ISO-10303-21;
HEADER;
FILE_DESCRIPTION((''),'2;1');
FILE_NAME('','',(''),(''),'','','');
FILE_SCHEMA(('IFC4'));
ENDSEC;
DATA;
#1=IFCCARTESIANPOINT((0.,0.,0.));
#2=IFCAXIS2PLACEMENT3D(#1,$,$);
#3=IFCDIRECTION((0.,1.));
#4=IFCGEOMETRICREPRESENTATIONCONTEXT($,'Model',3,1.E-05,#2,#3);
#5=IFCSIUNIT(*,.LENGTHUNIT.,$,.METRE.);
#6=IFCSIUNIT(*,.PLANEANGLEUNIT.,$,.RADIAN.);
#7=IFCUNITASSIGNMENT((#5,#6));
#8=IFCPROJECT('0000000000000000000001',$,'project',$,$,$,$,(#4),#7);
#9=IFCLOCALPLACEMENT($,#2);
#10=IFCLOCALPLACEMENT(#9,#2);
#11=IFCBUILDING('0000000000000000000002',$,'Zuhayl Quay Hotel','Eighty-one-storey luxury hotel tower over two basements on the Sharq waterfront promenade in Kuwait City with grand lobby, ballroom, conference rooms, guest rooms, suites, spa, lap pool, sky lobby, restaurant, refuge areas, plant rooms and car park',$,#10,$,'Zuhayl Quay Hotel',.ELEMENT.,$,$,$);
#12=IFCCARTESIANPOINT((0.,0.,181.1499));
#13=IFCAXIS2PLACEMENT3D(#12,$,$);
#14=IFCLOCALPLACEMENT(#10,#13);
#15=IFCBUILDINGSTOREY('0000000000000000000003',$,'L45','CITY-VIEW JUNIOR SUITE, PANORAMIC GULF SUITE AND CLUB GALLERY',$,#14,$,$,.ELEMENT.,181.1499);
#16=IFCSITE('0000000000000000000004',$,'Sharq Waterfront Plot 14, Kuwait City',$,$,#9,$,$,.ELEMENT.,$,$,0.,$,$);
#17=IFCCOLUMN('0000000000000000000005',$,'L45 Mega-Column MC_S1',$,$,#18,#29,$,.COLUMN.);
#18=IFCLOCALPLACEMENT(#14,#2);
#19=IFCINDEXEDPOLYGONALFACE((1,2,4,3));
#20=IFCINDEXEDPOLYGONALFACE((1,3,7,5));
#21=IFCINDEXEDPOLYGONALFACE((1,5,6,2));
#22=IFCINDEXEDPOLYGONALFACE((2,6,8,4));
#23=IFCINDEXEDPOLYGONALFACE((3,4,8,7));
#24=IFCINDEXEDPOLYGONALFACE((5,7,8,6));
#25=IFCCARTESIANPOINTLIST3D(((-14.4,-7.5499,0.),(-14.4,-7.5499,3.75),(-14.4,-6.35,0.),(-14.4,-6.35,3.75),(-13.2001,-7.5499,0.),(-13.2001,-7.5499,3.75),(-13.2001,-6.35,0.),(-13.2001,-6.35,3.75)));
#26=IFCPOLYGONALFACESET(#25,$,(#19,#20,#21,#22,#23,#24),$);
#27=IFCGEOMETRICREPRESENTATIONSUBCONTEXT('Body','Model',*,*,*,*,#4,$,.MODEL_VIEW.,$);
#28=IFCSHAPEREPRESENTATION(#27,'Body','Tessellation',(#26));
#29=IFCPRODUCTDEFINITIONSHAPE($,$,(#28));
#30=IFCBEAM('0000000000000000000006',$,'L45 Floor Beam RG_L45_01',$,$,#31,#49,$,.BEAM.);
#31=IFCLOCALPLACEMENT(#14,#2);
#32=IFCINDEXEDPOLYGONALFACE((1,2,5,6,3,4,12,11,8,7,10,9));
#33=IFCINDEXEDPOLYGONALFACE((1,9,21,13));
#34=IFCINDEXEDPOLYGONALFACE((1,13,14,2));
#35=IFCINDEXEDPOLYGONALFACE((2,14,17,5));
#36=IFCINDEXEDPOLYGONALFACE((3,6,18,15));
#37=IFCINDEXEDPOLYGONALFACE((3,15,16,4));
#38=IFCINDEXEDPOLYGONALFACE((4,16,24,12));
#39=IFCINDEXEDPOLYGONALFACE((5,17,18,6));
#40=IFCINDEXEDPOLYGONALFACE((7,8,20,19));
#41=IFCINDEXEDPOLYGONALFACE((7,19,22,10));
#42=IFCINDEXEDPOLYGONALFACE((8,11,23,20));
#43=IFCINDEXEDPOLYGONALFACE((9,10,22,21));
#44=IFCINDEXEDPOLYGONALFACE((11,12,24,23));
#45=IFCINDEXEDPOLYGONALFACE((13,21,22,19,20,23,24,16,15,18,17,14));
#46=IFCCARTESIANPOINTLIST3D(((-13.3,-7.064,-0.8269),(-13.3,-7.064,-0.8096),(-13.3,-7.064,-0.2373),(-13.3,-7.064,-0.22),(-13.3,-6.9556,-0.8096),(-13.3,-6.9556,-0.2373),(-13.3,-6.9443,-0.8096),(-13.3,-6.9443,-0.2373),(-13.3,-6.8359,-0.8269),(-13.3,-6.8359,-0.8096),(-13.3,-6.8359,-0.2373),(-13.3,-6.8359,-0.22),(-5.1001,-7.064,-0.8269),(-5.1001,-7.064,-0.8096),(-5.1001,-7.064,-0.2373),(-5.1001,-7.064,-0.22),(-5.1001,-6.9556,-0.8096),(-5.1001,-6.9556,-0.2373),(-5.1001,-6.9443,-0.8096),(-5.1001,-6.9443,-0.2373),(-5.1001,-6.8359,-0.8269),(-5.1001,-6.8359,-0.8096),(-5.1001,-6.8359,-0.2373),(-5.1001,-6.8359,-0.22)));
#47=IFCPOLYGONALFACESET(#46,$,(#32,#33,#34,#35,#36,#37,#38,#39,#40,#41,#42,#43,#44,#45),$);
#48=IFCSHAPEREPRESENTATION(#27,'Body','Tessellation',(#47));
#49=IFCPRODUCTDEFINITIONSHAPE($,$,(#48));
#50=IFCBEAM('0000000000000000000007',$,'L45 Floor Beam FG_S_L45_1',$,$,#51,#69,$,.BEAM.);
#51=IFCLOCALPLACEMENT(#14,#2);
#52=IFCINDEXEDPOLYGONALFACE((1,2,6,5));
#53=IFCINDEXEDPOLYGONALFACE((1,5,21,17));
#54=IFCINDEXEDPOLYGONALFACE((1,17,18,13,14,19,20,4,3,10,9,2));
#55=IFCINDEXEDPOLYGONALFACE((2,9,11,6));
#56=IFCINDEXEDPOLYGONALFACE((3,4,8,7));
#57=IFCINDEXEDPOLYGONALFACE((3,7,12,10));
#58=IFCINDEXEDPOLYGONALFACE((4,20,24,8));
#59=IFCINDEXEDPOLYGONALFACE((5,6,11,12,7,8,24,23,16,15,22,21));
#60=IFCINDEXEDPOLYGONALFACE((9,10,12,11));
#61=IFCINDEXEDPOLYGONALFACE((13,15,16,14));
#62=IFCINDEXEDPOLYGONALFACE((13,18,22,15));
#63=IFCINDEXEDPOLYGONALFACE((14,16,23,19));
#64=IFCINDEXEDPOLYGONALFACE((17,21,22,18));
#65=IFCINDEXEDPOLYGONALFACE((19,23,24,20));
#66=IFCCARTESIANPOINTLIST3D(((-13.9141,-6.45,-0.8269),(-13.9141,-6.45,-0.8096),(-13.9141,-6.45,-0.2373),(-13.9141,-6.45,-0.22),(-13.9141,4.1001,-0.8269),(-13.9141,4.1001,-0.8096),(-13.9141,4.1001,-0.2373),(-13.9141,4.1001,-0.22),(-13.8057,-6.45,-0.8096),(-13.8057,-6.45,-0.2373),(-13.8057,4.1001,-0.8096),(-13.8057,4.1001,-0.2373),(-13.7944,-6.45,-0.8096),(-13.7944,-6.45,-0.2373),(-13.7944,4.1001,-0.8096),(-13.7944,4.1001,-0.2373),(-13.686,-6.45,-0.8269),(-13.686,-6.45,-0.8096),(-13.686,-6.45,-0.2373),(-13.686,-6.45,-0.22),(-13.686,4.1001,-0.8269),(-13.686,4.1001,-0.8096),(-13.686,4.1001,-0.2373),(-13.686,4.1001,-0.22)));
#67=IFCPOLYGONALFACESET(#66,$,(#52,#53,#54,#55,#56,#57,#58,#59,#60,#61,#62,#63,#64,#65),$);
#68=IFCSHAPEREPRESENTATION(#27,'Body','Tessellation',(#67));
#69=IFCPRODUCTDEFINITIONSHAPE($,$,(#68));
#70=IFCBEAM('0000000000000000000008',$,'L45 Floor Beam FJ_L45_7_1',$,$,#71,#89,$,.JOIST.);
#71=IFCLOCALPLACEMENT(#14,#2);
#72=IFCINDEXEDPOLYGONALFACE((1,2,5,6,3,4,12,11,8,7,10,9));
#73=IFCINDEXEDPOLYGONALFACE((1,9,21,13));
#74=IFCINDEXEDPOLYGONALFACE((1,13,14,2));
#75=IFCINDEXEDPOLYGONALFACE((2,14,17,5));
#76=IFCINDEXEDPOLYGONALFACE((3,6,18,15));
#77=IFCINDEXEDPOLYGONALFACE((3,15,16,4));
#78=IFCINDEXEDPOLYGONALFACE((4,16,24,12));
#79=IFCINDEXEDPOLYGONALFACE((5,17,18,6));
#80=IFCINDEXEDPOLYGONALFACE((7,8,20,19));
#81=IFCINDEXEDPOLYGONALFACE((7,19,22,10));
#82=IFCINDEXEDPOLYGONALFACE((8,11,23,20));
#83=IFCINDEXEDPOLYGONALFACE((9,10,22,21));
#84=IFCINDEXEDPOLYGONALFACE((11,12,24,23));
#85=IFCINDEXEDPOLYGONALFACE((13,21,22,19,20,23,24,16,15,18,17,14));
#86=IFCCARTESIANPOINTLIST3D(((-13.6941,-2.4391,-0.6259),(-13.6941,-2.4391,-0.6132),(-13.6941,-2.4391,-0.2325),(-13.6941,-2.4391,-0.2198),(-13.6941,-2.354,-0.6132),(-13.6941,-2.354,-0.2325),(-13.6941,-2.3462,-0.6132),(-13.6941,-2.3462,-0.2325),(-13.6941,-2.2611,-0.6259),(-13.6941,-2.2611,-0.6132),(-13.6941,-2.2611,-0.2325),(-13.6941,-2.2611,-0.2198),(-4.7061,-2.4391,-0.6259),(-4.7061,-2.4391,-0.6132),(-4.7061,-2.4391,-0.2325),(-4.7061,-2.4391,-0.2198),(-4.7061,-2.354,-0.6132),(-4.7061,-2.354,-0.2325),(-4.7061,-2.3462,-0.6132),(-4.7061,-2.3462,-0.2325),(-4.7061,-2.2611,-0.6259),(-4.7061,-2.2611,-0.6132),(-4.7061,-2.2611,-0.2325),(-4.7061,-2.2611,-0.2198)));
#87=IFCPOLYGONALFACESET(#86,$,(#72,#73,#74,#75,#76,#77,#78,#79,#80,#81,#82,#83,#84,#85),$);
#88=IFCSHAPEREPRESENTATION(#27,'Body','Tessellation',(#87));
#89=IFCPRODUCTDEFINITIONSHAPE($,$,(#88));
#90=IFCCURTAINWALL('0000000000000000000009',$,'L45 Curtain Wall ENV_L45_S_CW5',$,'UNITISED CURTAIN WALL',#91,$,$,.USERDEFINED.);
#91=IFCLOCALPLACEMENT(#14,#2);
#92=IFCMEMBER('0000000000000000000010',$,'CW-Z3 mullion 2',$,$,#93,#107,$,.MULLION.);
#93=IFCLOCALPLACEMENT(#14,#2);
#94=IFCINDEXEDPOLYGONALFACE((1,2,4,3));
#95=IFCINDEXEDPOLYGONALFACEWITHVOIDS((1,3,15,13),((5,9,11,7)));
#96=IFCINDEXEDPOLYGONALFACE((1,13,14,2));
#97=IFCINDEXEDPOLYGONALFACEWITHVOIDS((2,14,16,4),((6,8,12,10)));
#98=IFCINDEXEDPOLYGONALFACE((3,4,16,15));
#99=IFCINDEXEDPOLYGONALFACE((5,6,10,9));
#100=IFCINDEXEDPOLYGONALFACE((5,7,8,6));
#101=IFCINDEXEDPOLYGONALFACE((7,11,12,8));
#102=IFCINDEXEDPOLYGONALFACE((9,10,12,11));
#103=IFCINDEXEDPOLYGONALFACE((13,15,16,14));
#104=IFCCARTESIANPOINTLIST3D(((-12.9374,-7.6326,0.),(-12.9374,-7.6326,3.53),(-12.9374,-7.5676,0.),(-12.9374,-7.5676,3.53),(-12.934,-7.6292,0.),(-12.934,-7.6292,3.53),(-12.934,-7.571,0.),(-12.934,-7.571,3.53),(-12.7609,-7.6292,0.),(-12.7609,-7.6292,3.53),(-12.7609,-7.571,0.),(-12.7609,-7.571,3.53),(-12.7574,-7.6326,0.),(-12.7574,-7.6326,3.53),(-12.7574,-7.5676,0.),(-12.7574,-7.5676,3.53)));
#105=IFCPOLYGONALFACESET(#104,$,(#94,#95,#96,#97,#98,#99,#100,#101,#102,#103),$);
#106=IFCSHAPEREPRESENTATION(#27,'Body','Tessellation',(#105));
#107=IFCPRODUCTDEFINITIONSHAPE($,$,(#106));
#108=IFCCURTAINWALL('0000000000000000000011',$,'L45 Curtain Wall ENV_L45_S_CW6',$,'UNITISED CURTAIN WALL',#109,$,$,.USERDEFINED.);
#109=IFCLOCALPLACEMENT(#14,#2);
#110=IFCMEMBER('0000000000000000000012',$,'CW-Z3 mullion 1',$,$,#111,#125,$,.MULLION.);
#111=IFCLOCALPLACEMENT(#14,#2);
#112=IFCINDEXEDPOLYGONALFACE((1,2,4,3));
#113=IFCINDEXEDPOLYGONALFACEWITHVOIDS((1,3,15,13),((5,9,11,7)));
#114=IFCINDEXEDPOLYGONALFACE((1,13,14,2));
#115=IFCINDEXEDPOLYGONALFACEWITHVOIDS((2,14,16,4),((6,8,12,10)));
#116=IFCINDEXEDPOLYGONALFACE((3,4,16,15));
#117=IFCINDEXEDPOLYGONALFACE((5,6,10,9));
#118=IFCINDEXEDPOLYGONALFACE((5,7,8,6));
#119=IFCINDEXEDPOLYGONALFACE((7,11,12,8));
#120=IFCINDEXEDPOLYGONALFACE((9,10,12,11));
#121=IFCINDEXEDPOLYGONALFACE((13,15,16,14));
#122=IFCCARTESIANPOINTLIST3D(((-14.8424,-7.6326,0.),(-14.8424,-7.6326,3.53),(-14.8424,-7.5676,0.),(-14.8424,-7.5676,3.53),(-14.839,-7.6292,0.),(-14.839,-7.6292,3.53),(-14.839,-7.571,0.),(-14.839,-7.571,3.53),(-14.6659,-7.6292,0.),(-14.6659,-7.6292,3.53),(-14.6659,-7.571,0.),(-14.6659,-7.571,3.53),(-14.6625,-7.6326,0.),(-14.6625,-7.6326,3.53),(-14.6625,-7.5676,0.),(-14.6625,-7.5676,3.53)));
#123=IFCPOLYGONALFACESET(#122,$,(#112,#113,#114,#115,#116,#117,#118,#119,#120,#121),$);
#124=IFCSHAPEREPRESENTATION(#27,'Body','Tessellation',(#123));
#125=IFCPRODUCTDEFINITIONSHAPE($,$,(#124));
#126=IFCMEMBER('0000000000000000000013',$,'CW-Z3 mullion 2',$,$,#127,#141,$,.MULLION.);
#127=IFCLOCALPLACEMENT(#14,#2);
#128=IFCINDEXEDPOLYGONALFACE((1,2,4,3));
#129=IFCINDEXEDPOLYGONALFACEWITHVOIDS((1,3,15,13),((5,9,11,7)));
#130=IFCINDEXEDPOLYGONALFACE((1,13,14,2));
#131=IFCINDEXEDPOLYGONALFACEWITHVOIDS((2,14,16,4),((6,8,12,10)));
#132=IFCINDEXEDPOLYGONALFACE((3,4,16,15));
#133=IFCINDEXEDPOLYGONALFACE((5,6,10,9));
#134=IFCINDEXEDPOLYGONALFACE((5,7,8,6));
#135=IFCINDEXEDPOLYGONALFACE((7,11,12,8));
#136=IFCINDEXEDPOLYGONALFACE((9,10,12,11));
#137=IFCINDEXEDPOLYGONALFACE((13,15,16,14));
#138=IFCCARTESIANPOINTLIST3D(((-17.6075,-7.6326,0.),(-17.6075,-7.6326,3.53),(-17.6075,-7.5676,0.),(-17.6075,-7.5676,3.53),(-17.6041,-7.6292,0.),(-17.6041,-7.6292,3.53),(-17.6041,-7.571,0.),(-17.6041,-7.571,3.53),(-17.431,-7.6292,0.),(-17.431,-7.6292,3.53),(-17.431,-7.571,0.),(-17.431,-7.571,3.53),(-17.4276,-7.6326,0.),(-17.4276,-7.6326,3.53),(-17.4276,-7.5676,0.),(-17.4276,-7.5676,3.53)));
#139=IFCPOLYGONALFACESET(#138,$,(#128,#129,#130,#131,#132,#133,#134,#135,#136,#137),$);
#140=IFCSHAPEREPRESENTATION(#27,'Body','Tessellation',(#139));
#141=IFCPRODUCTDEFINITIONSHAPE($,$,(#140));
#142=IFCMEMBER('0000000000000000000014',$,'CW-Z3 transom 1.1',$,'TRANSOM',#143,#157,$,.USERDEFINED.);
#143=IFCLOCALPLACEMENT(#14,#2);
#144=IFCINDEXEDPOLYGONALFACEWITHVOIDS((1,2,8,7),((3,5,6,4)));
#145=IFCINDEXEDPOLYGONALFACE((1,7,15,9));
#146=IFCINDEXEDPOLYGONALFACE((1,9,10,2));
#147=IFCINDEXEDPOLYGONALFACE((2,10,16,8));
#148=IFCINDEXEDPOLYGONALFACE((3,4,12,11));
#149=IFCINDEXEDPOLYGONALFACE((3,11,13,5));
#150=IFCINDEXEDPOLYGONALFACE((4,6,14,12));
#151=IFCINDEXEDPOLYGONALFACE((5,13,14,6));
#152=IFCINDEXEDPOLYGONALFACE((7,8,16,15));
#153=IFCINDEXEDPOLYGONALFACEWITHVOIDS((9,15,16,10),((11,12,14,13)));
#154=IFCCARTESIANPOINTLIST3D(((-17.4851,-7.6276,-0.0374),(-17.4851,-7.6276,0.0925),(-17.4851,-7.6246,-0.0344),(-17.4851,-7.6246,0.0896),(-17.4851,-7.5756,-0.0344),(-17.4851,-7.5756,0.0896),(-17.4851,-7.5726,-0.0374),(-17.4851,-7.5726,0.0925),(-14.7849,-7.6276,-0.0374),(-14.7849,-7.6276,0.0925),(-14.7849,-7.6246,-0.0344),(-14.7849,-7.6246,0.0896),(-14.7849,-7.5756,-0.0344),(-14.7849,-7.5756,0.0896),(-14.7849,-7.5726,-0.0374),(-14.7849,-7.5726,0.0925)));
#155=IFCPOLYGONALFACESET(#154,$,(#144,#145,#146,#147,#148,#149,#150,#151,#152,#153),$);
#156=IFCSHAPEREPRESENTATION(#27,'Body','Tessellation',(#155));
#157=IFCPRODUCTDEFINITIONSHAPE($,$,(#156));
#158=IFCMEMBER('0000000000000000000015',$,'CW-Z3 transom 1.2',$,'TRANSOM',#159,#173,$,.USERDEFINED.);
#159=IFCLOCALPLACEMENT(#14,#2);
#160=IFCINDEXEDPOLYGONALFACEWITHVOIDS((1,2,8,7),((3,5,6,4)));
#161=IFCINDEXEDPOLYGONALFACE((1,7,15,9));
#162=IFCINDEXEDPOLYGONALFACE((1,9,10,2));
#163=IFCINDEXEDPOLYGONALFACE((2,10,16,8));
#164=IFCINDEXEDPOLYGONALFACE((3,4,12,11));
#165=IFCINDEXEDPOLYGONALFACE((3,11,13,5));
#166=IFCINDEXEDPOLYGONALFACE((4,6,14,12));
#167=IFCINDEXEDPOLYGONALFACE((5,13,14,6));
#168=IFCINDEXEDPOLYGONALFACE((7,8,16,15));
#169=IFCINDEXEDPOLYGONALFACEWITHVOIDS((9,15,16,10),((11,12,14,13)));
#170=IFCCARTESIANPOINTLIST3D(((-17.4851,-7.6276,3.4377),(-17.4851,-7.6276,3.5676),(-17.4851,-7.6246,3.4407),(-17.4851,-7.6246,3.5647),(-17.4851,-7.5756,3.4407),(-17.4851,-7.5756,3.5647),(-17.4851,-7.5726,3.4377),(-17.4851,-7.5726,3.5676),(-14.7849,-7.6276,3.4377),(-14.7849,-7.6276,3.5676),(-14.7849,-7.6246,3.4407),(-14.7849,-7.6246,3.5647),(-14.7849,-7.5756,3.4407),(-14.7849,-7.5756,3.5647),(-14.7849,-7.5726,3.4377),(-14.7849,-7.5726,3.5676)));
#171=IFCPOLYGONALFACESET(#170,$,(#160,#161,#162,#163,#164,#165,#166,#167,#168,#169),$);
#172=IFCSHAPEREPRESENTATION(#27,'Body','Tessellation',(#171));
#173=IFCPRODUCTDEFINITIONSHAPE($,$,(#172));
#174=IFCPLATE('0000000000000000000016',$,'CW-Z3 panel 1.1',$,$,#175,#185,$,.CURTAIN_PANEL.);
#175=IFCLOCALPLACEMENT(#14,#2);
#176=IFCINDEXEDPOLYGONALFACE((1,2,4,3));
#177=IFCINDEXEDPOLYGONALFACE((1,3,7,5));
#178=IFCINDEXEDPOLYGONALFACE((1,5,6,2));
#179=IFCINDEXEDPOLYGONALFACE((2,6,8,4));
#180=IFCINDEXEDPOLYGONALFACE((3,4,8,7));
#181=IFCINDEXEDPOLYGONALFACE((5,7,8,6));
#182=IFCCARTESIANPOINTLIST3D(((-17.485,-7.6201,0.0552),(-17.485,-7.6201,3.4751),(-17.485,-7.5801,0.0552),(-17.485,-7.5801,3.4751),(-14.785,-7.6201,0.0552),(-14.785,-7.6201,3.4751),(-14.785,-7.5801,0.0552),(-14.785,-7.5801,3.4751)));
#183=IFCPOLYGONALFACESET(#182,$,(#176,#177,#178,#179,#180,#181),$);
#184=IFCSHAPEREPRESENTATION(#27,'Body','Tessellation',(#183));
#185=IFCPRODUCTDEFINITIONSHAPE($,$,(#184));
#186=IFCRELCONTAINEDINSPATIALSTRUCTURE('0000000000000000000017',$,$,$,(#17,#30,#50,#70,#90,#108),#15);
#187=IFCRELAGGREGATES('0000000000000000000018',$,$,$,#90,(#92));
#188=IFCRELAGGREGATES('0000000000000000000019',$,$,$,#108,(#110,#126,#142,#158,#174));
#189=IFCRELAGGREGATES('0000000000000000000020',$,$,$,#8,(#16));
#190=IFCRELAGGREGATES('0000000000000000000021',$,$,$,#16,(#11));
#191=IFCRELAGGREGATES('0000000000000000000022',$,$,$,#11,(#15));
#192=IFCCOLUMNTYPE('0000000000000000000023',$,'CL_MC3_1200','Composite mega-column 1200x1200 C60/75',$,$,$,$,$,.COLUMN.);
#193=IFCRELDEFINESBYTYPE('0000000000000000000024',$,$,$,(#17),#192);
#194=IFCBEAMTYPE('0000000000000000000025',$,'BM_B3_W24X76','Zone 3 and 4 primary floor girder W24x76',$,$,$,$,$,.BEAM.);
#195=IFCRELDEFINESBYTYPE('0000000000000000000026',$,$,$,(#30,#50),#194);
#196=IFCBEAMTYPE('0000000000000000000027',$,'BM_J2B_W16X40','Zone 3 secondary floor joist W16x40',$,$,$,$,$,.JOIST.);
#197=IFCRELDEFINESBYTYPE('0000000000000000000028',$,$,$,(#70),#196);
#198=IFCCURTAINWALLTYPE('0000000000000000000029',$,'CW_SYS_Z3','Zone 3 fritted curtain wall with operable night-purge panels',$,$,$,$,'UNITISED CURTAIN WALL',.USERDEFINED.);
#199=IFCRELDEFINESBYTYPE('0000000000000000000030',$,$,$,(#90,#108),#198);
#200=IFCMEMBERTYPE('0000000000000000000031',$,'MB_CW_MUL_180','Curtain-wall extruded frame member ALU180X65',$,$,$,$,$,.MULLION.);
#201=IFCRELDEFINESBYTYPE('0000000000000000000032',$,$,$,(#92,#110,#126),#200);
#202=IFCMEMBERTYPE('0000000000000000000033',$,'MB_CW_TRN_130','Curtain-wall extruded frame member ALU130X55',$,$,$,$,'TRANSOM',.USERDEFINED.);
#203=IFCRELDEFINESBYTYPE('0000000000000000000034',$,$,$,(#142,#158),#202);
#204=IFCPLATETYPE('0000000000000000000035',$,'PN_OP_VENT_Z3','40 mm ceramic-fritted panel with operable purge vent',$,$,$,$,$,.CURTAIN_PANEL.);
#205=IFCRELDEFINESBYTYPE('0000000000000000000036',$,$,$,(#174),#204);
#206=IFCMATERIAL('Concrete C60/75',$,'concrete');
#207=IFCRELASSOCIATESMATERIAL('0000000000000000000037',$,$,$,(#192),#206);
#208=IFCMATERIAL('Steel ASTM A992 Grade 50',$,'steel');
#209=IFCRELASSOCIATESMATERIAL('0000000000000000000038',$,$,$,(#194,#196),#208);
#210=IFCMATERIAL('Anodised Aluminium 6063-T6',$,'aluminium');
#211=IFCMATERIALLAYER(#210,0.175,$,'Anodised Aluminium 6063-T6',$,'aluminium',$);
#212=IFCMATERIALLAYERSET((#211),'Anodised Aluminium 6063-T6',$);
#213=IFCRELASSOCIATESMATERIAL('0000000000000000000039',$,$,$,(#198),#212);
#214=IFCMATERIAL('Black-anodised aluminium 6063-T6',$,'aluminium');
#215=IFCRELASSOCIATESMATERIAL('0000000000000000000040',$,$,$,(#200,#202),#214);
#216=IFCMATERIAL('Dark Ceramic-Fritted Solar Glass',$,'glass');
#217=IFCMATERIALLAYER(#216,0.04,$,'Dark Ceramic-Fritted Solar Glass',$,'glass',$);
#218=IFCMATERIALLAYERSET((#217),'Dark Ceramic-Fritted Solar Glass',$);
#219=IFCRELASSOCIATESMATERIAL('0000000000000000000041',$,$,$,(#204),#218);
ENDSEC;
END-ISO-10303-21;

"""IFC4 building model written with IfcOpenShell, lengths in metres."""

from ifc_helpers import new_model, si_unit, direction, frame, origin, origin_2d, place, context, subcontext, project, spatial, rectangle, hollow_rectangle, i_section, extrude, material, layer, layer_set, material_profile, profile_set, type_object, element, aggregate, save


model = new_model("IFC4")

# Units and contexts
model_context = context("Model", 3, precision=1e-05, world=origin(), true_north=direction((0.0, 1.0)))
body_context = subcontext(model_context, "Body", "Model", "MODEL_VIEW")
ifc_project = project(units=[si_unit("LENGTHUNIT", "METRE"), si_unit("PLANEANGLEUNIT", "RADIAN")], contexts=[model_context])

# Site, building, storey
site_placement = place(None, origin())
site = spatial("IfcSite", under=ifc_project, at=site_placement, Name="Sharq Waterfront Plot 14, Kuwait City", CompositionType="ELEMENT", RefElevation=0.0)
building_placement = place(site_placement, origin())
building = spatial("IfcBuilding", under=site, at=building_placement, Name="Zuhayl Quay Hotel", Description="Eighty-one-storey luxury hotel tower over two basements on the Sharq waterfront promenade in Kuwait City with grand lobby, ballroom, conference rooms, guest rooms, suites, spa, lap pool, sky lobby, restaurant, refuge areas, plant rooms and car park", LongName="Zuhayl Quay Hotel", CompositionType="ELEMENT")
storey_placement = place(building_placement, frame((0.0, 0.0, 181.1499)))
storey = spatial("IfcBuildingStorey", under=building, at=storey_placement, Name="L45", Description="CITY-VIEW JUNIOR SUITE, PANORAMIC GULF SUITE AND CLUB GALLERY", CompositionType="ELEMENT", Elevation=181.1499)

# Column
ifc_material_1 = material(Name="Concrete C60/75", Category="concrete")
ifc_material_profile_1 = material_profile(ifc_material_1, rectangle(XDim=1.2, YDim=1.2, at=origin_2d()), Name="RC1200X1200")
ifc_profile_set_1 = profile_set([ifc_material_profile_1], Name="Concrete C60/75")
column_type = type_object("IfcColumnType", Name="CL_MC3_1200", Description="Composite mega-column 1200x1200 C60/75", PredefinedType="COLUMN", material=ifc_profile_set_1)
column_placement = place(storey_placement, frame((-13.8, -6.95, 0.0), z_axis=(0.0, 0.0, 1.0), x_axis=(1.0, 0.0, 0.0)))
element("IfcColumn", 1, at=column_placement, inside=storey, type_object=column_type, Name="L45 Mega-Column MC_S1", PredefinedType="COLUMN", context=body_context, shape_type="SweptSolid", body=[
    extrude(rectangle(XDim=1.2, YDim=1.2, at=origin_2d()), origin(), (0.0, 0.0, 1.0), 3.75),
])

# Beams
ifc_material_2 = material(Name="Steel ASTM A992 Grade 50", Category="steel")
ifc_material_profile_2 = material_profile(ifc_material_2, i_section(OverallWidth=0.228, OverallDepth=0.6069, WebThickness=0.0112, FlangeThickness=0.0173, at=origin_2d()), Name="W24X76")
ifc_profile_set_2 = profile_set([ifc_material_profile_2], Name="Steel ASTM A992 Grade 50")
beam_type_1 = type_object("IfcBeamType", Name="BM_B3_W24X76", Description="Zone 3 and 4 primary floor girder W24x76", PredefinedType="BEAM", material=ifc_profile_set_2)
beam_1_placement = place(storey_placement, frame((-13.3, -6.95, -0.5234), z_axis=(1.0, 0.0, 0.0), x_axis=(0.0, 1.0, 0.0)))
element("IfcBeam", 2, at=beam_1_placement, inside=storey, type_object=beam_type_1, Name="L45 Floor Beam RG_L45_01", PredefinedType="BEAM", context=body_context, shape_type="SweptSolid", body=[
    extrude(i_section(OverallWidth=0.228, OverallDepth=0.6069, WebThickness=0.0112, FlangeThickness=0.0173, at=origin_2d()), origin(), (0.0, 0.0, 1.0), 8.2),
])
beam_2_placement = place(storey_placement, frame((-13.8, -6.45, -0.5234), z_axis=(0.0, 1.0, 0.0), x_axis=(-1.0, 0.0, 0.0)))
element("IfcBeam", 3, at=beam_2_placement, inside=storey, type_object=beam_type_1, Name="L45 Floor Beam FG_S_L45_1", PredefinedType="BEAM", context=body_context, shape_type="SweptSolid", body=[
    extrude(i_section(OverallWidth=0.228, OverallDepth=0.6069, WebThickness=0.0112, FlangeThickness=0.0173, at=origin_2d()), origin(), (0.0, 0.0, 1.0), 10.55),
])
ifc_material_profile_3 = material_profile(ifc_material_2, i_section(OverallWidth=0.178, OverallDepth=0.406, WebThickness=0.0078, FlangeThickness=0.0127, at=origin_2d()), Name="W16X40")
ifc_profile_set_3 = profile_set([ifc_material_profile_3], Name="Steel ASTM A992 Grade 50")
beam_type_2 = type_object("IfcBeamType", Name="BM_J2B_W16X40", Description="Zone 3 secondary floor joist W16x40", PredefinedType="JOIST", material=ifc_profile_set_3)
beam_3_placement = place(storey_placement, frame((-13.6941, -2.3501, -0.4229), z_axis=(1.0, 0.0, 0.0), x_axis=(0.0, 1.0, 0.0)))
element("IfcBeam", 4, at=beam_3_placement, inside=storey, type_object=beam_type_2, Name="L45 Floor Beam FJ_L45_7_1", PredefinedType="JOIST", context=body_context, shape_type="SweptSolid", body=[
    extrude(i_section(OverallWidth=0.178, OverallDepth=0.406, WebThickness=0.0078, FlangeThickness=0.0127, at=origin_2d()), origin(), (0.0, 0.0, 1.0), 8.988),
])

# Curtain wall, member
ifc_material_3 = material(Name="Anodised Aluminium 6063-T6", Category="aluminium")
ifc_layer_1 = layer(ifc_material_3, 0.175, Name="Anodised Aluminium 6063-T6", Category="aluminium")
ifc_layer_set_1 = layer_set([ifc_layer_1], Name="Anodised Aluminium 6063-T6")
curtain_wall_type = type_object("IfcCurtainWallType", Name="CW_SYS_Z3", Description="Zone 3 fritted curtain wall with operable night-purge panels", ElementType="UNITISED CURTAIN WALL", PredefinedType="USERDEFINED", material=ifc_layer_set_1)
curtain_wall_1_placement = place(storey_placement, origin())
curtain_wall_1 = element("IfcCurtainWall", 5, at=curtain_wall_1_placement, inside=storey, type_object=curtain_wall_type, Name="L45 Curtain Wall ENV_L45_S_CW5", ObjectType="UNITISED CURTAIN WALL", PredefinedType="USERDEFINED")
ifc_material_4 = material(Name="Black-anodised aluminium 6063-T6", Category="aluminium")
ifc_material_profile_4 = material_profile(ifc_material_4, hollow_rectangle(XDim=0.0649, YDim=0.1799, WallThickness=0.0034, at=origin_2d()), Name="ALU180X65")
ifc_profile_set_4 = profile_set([ifc_material_profile_4], Name="Black-anodised aluminium 6063-T6")
member_type_1 = type_object("IfcMemberType", Name="MB_CW_MUL_180", Description="Curtain-wall extruded frame member ALU180X65", PredefinedType="MULLION", material=ifc_profile_set_4)
member_1_placement = place(storey_placement, frame((-12.8474, -7.6001, 0.0), z_axis=(0.0, 0.0, 1.0), x_axis=(0.0, -1.0, 0.0)))
member_1 = element("IfcMember", 6, at=member_1_placement, type_object=member_type_1, Name="CW-Z3 mullion 2", PredefinedType="MULLION", context=body_context, shape_type="SweptSolid", body=[
    extrude(hollow_rectangle(XDim=0.0649, YDim=0.1799, WallThickness=0.0034, at=origin_2d()), origin(), (0.0, 0.0, 1.0), 3.53),
])
aggregate(curtain_wall_1, [member_1])

# Curtain wall, members, plate
curtain_wall_2_placement = place(storey_placement, origin())
curtain_wall_2 = element("IfcCurtainWall", 7, at=curtain_wall_2_placement, inside=storey, type_object=curtain_wall_type, Name="L45 Curtain Wall ENV_L45_S_CW6", ObjectType="UNITISED CURTAIN WALL", PredefinedType="USERDEFINED")
member_2_placement = place(storey_placement, frame((-14.7524, -7.6001, 0.0), z_axis=(0.0, 0.0, 1.0), x_axis=(0.0, -1.0, 0.0)))
member_2 = element("IfcMember", 8, at=member_2_placement, type_object=member_type_1, Name="CW-Z3 mullion 1", PredefinedType="MULLION", context=body_context, shape_type="SweptSolid", body=[
    extrude(hollow_rectangle(XDim=0.0649, YDim=0.1799, WallThickness=0.0034, at=origin_2d()), origin(), (0.0, 0.0, 1.0), 3.53),
])
member_3_placement = place(storey_placement, frame((-17.5176, -7.6001, 0.0), z_axis=(0.0, 0.0, 1.0), x_axis=(0.0, -1.0, 0.0)))
member_3 = element("IfcMember", 9, at=member_3_placement, type_object=member_type_1, Name="CW-Z3 mullion 2", PredefinedType="MULLION", context=body_context, shape_type="SweptSolid", body=[
    extrude(hollow_rectangle(XDim=0.0649, YDim=0.1799, WallThickness=0.0034, at=origin_2d()), origin(), (0.0, 0.0, 1.0), 3.53),
])
ifc_material_profile_5 = material_profile(ifc_material_4, hollow_rectangle(XDim=0.0549, YDim=0.1299, WallThickness=0.0029, at=origin_2d()), Name="ALU130X55")
ifc_profile_set_5 = profile_set([ifc_material_profile_5], Name="Black-anodised aluminium 6063-T6")
member_type_2 = type_object("IfcMemberType", Name="MB_CW_TRN_130", Description="Curtain-wall extruded frame member ALU130X55", ElementType="TRANSOM", PredefinedType="USERDEFINED", material=ifc_profile_set_5)
member_4_placement = place(storey_placement, frame((-14.7849, -7.6001, 0.0276), z_axis=(-1.0, 0.0, 0.0), x_axis=(0.0, -1.0, 0.0)))
member_4 = element("IfcMember", 10, at=member_4_placement, type_object=member_type_2, Name="CW-Z3 transom 1.1", ObjectType="TRANSOM", PredefinedType="USERDEFINED", context=body_context, shape_type="SweptSolid", body=[
    extrude(hollow_rectangle(XDim=0.0549, YDim=0.1299, WallThickness=0.0029, at=origin_2d()), origin(), (0.0, 0.0, 1.0), 2.7002),
])
member_5_placement = place(storey_placement, frame((-14.7849, -7.6001, 3.5027), z_axis=(-1.0, 0.0, 0.0), x_axis=(0.0, -1.0, 0.0)))
member_5 = element("IfcMember", 11, at=member_5_placement, type_object=member_type_2, Name="CW-Z3 transom 1.2", ObjectType="TRANSOM", PredefinedType="USERDEFINED", context=body_context, shape_type="SweptSolid", body=[
    extrude(hollow_rectangle(XDim=0.0549, YDim=0.1299, WallThickness=0.0029, at=origin_2d()), origin(), (0.0, 0.0, 1.0), 2.7002),
])
ifc_material_5 = material(Name="Dark Ceramic-Fritted Solar Glass", Category="glass")
ifc_layer_2 = layer(ifc_material_5, 0.04, Name="Dark Ceramic-Fritted Solar Glass", Category="glass")
ifc_layer_set_2 = layer_set([ifc_layer_2], Name="Dark Ceramic-Fritted Solar Glass")
plate_type = type_object("IfcPlateType", Name="PN_OP_VENT_Z3", Description="40 mm ceramic-fritted panel with operable purge vent", PredefinedType="CURTAIN_PANEL", material=ifc_layer_set_2)
plate_placement = place(storey_placement, frame((-16.135, -7.6001, 0.0552), z_axis=(0.0, 0.0, 1.0), x_axis=(-1.0, 0.0, 0.0)))
plate = element("IfcPlate", 12, at=plate_placement, type_object=plate_type, Name="CW-Z3 panel 1.1", PredefinedType="CURTAIN_PANEL", context=body_context, shape_type="SweptSolid", body=[
    extrude(rectangle(XDim=2.7, YDim=0.04, at=origin_2d()), origin(), (0.0, 0.0, 1.0), 3.4199),
])
aggregate(curtain_wall_2, [member_2, member_3, member_4, member_5, plate])

save(model, "model.ifc")
